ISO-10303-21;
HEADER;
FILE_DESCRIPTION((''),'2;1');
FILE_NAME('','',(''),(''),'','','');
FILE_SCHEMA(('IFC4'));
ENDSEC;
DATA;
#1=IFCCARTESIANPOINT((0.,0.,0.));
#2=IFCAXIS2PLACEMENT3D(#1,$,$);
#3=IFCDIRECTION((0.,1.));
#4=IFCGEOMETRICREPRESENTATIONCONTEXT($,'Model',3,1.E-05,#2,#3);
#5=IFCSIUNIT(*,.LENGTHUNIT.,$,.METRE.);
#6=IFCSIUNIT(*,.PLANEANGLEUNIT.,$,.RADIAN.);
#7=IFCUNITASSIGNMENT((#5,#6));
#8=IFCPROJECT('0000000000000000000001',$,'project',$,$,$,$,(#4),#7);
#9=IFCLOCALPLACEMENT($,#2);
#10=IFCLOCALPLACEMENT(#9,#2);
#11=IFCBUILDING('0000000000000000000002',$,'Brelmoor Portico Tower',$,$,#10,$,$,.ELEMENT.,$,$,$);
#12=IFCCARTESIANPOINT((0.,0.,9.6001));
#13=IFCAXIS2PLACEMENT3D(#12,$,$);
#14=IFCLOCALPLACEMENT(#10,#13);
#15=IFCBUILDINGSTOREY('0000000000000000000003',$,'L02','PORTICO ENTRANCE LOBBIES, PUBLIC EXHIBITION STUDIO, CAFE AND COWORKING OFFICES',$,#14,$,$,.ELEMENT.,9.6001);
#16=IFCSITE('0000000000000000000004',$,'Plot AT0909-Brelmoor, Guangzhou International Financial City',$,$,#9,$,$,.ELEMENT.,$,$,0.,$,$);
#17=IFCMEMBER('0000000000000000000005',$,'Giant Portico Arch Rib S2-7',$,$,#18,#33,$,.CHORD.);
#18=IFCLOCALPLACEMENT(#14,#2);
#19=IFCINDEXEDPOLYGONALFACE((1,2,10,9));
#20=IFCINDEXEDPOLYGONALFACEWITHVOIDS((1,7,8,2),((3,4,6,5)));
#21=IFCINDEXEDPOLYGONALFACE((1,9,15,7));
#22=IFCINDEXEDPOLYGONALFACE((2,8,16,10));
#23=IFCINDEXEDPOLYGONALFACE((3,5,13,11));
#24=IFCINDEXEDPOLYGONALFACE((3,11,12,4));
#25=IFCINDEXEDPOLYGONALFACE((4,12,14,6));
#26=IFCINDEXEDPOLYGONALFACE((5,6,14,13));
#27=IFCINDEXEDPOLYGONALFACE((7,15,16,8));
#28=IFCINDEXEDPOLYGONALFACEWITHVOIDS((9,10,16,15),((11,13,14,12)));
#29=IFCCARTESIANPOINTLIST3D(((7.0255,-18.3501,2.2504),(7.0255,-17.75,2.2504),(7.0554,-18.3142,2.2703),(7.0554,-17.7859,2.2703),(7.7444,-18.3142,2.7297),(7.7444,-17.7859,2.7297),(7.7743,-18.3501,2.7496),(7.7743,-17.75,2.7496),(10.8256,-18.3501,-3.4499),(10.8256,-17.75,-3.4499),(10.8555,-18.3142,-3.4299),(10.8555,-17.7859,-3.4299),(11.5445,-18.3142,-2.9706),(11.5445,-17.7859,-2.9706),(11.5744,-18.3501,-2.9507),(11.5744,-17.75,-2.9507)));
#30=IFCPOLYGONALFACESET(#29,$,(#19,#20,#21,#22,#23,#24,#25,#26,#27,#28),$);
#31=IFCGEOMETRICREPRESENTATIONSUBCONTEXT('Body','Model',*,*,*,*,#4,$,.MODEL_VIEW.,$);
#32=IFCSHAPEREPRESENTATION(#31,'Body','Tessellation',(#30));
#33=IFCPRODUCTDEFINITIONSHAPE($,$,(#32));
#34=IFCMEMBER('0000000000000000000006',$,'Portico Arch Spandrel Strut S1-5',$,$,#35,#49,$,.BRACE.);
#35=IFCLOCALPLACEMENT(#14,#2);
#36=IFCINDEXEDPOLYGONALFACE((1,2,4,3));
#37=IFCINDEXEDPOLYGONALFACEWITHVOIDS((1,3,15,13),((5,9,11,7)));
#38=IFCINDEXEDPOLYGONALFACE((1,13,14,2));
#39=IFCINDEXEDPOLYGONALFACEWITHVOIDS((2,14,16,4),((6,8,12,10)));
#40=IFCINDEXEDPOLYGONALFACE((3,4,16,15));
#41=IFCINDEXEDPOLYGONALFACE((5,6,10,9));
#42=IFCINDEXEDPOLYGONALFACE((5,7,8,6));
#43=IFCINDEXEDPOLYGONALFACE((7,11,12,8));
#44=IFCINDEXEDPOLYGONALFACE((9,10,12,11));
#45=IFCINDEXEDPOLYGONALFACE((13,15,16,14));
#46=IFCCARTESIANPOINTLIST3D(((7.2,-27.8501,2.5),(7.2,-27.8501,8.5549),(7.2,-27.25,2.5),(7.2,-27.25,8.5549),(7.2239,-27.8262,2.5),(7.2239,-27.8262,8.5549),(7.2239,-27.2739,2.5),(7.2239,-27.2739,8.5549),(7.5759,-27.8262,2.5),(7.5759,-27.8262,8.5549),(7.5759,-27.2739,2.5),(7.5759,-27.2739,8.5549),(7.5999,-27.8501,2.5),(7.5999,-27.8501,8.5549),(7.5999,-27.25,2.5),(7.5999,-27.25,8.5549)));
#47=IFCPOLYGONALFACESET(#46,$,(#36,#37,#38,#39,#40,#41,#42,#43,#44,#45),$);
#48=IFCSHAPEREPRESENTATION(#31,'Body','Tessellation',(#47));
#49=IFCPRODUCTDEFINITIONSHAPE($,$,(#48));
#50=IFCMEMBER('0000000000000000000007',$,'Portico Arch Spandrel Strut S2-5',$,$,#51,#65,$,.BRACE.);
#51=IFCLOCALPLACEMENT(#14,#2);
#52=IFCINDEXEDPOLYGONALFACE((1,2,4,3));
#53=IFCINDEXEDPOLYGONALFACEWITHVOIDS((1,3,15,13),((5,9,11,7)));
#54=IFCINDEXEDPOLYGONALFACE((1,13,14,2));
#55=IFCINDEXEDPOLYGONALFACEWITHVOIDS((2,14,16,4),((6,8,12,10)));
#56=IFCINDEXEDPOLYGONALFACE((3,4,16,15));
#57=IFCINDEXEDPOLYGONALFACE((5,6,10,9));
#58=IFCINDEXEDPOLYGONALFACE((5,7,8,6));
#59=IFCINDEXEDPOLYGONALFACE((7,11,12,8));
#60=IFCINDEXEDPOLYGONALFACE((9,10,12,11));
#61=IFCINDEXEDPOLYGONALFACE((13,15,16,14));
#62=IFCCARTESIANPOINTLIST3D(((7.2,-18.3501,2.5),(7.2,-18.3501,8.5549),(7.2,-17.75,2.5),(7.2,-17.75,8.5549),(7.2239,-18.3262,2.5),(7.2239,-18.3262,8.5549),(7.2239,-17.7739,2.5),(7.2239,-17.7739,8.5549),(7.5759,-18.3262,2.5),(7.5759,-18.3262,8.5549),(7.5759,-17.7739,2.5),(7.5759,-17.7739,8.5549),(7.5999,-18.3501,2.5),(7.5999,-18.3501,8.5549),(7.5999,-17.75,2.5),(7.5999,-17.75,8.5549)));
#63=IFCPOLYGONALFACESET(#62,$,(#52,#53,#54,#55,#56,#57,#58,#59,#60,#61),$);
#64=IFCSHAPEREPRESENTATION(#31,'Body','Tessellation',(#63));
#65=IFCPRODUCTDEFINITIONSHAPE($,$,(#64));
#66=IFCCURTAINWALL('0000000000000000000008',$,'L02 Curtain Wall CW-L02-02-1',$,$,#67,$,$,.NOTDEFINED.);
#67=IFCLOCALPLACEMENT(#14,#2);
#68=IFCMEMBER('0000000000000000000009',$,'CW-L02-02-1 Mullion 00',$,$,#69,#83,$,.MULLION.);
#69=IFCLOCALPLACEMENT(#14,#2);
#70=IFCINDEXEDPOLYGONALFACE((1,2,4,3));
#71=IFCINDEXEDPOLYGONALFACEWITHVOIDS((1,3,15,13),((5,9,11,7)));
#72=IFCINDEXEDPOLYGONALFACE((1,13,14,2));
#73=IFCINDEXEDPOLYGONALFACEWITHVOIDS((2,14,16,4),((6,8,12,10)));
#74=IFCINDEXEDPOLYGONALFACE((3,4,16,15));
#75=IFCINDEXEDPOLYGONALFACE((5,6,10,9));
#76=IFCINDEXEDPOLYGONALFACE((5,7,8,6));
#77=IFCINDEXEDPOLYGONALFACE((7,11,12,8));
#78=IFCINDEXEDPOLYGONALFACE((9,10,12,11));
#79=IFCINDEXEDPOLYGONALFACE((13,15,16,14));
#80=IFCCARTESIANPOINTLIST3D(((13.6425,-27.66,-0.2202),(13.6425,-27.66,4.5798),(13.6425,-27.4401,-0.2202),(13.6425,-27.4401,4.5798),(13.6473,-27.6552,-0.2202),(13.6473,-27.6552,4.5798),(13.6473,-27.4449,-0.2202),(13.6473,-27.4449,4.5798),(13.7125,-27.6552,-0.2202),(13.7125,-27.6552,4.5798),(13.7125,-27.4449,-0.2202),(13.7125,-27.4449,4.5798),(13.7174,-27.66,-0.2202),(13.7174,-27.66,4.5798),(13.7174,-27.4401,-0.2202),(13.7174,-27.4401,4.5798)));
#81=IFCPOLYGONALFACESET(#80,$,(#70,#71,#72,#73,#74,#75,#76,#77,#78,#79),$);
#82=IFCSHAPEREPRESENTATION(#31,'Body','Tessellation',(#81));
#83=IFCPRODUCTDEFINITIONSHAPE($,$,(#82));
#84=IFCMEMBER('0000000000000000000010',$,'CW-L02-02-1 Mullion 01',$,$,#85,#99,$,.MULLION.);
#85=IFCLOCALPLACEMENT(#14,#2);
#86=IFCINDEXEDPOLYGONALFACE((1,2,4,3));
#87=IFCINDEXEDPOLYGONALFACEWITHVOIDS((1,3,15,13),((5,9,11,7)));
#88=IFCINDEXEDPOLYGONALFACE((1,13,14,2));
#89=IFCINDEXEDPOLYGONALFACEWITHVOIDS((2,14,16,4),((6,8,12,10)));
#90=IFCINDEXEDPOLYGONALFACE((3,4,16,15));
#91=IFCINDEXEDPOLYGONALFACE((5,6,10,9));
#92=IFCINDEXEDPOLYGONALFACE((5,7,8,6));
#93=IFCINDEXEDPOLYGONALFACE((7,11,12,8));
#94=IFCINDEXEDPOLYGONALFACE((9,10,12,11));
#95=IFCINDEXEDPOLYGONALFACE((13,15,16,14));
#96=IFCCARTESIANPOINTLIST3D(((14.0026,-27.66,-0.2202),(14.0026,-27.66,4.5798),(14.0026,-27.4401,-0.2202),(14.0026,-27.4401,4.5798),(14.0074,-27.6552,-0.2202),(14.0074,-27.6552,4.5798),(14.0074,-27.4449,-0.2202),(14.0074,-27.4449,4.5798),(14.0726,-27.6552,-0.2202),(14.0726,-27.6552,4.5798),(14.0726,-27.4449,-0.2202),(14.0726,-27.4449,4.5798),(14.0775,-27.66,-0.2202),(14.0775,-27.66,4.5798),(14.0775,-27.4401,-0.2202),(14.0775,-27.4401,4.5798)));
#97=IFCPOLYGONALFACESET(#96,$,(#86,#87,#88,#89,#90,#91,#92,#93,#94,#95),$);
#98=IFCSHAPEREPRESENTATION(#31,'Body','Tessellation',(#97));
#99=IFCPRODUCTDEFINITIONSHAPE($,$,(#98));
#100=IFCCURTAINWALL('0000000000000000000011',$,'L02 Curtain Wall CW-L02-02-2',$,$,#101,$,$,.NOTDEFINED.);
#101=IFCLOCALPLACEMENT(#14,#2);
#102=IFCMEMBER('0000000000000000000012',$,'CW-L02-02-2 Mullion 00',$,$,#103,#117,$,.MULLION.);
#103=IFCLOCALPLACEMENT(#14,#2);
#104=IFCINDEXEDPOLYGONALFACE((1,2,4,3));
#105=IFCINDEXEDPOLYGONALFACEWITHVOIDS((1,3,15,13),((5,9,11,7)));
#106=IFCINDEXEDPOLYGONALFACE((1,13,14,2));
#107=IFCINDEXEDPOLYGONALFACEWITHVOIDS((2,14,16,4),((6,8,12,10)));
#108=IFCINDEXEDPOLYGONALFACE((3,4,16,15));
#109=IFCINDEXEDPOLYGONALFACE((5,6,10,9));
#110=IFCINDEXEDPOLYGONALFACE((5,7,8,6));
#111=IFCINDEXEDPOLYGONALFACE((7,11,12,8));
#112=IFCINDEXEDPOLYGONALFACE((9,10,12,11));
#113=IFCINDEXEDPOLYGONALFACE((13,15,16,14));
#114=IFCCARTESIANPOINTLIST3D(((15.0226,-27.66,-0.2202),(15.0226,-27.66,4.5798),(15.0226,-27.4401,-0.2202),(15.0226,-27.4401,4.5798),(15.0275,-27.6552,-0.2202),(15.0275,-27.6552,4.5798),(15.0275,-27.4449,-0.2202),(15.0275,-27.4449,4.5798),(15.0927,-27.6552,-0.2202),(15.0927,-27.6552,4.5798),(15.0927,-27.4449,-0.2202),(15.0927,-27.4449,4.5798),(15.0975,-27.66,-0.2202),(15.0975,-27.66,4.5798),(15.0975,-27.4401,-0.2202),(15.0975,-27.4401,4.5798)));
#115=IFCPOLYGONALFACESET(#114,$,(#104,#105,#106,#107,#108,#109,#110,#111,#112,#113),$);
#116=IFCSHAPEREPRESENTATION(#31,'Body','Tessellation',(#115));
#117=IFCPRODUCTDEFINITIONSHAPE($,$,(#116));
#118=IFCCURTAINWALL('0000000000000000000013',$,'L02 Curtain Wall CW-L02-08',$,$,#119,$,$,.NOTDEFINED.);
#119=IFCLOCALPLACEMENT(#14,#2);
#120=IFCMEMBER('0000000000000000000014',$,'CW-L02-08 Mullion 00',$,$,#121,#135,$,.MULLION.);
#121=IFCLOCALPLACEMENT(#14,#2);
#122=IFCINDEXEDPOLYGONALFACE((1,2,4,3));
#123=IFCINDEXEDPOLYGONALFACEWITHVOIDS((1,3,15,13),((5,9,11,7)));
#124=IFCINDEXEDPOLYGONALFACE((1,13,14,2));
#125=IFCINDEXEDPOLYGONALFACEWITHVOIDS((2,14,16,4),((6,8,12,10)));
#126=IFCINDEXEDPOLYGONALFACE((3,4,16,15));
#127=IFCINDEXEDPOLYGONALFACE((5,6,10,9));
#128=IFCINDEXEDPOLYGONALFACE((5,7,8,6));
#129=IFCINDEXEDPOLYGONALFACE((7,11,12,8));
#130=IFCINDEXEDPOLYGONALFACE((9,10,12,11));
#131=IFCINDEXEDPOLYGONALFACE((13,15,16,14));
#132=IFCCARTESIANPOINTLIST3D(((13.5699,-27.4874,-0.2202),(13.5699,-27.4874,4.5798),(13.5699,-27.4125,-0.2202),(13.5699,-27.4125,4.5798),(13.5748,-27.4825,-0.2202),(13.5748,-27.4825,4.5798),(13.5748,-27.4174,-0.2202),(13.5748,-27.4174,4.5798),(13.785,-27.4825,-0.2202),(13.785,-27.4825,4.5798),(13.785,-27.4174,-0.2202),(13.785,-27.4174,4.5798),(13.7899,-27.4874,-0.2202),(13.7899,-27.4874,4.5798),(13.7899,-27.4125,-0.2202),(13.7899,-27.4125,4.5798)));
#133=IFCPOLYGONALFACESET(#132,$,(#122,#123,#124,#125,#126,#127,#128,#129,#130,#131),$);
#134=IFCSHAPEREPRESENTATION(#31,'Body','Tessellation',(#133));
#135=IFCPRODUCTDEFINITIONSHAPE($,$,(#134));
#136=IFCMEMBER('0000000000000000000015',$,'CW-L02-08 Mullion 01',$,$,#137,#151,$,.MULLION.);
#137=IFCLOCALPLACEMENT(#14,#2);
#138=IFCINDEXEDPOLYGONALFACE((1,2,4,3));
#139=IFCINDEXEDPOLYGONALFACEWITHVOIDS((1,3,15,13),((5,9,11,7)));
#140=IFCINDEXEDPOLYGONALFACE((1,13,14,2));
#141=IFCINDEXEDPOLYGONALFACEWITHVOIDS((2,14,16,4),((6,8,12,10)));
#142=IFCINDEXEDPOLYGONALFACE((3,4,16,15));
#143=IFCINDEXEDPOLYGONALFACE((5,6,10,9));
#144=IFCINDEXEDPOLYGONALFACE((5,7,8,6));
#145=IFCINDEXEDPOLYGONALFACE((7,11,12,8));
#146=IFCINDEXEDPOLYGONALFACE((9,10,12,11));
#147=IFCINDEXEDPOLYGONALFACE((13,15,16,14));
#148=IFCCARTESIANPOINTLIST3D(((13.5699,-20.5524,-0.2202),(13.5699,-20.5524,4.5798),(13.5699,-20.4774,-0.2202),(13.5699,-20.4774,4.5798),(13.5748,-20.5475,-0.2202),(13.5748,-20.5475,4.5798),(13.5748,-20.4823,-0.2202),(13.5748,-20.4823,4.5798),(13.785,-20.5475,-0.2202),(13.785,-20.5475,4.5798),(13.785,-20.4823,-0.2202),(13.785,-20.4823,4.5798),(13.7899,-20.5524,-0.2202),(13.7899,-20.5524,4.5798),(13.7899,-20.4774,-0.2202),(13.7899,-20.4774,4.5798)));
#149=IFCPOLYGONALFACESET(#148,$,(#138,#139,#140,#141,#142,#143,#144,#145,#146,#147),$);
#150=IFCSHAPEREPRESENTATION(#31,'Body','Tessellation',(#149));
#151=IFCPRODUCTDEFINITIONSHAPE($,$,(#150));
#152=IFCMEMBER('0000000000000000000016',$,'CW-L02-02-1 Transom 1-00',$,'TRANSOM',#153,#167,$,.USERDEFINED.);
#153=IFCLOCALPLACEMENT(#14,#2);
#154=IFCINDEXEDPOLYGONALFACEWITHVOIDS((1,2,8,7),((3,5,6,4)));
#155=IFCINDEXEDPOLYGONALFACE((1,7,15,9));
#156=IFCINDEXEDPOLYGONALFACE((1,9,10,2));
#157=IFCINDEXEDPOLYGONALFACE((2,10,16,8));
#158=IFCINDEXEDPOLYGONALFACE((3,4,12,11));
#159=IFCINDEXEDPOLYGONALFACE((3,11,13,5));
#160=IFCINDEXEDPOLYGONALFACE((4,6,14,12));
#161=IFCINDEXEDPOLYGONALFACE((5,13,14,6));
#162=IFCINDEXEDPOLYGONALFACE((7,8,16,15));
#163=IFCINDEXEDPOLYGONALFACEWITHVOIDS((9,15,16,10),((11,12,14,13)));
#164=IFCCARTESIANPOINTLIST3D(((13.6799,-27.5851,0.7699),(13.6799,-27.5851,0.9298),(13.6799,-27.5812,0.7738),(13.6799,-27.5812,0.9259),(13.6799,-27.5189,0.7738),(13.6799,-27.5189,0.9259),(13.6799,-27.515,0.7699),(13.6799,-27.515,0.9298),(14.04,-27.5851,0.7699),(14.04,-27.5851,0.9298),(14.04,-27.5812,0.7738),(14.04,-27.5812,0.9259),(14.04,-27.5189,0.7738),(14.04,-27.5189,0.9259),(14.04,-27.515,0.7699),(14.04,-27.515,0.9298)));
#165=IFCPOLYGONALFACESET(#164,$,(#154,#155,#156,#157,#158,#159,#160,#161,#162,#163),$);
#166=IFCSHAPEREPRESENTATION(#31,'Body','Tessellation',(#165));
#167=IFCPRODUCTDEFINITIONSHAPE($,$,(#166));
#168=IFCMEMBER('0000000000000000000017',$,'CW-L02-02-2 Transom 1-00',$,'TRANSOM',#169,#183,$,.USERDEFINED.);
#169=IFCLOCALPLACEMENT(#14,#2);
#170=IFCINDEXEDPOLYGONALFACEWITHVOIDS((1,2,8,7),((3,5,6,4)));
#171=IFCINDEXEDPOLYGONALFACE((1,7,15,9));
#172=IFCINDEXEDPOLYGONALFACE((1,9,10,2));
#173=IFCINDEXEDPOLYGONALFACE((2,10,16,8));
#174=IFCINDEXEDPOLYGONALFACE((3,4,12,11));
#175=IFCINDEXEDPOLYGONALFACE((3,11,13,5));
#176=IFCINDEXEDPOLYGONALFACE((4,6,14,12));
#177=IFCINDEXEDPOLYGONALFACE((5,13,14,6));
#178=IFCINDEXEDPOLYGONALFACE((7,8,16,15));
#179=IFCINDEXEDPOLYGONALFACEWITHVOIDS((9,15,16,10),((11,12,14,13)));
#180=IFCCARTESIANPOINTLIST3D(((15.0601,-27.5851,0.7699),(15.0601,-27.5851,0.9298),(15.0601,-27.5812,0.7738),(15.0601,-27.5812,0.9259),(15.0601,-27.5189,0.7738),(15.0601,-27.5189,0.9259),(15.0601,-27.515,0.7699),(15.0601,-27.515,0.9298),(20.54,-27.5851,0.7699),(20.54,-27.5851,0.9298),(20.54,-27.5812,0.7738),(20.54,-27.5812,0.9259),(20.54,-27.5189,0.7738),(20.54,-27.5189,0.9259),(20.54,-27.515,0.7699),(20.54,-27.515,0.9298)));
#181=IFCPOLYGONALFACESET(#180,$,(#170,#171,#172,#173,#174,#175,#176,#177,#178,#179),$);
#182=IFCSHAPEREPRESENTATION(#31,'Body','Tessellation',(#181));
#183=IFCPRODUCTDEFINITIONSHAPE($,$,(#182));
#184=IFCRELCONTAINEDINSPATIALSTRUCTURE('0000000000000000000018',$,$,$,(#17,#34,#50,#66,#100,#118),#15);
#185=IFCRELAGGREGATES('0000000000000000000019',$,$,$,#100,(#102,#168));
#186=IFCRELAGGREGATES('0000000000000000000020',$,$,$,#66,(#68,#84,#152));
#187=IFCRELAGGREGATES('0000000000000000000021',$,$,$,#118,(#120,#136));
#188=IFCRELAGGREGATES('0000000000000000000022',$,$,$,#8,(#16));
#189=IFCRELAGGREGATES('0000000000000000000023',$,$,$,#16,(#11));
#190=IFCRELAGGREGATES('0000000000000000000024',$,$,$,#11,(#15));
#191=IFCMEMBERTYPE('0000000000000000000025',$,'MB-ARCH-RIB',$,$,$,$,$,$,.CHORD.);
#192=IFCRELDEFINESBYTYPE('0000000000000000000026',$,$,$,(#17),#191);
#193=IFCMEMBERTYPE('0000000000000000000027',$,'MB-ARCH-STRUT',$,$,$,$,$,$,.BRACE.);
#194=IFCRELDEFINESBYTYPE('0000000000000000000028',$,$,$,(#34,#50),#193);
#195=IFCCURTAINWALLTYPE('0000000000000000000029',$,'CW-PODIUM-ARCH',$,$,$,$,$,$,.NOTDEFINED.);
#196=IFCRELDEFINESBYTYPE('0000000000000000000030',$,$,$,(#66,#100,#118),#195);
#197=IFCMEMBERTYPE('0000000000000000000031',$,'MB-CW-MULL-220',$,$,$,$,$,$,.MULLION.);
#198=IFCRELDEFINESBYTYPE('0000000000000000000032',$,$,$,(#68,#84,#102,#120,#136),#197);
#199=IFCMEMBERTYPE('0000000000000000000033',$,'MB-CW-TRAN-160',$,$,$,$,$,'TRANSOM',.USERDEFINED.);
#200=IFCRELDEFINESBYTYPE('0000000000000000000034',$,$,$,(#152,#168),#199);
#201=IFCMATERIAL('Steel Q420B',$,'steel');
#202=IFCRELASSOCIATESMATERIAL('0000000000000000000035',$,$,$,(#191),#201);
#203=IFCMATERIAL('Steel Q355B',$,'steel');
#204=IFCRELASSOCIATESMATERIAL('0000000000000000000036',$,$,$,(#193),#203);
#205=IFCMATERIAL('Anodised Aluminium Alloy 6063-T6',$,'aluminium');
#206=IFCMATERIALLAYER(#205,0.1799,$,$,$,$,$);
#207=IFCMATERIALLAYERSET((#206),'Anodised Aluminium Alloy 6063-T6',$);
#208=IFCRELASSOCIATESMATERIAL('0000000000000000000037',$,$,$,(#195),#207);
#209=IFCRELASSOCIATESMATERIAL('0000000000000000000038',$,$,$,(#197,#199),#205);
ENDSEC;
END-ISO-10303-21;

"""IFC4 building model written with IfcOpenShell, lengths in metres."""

from ifc_helpers import new_model, si_unit, direction, frame, origin, origin_2d, place, context, subcontext, project, spatial, hollow_rectangle, extrude, material, layer, layer_set, material_profile, profile_set, type_object, element, aggregate, save


model = new_model("IFC4")

# Units and contexts
model_context = context("Model", 3, precision=1e-05, world=origin(), true_north=direction((0.0, 1.0)))
body_context = subcontext(model_context, "Body", "Model", "MODEL_VIEW")
ifc_project = project(units=[si_unit("LENGTHUNIT", "METRE"), si_unit("PLANEANGLEUNIT", "RADIAN")], contexts=[model_context])

# Site, building, storey
site_placement = place(None, origin())
site = spatial("IfcSite", under=ifc_project, at=site_placement, Name="Plot AT0909-Brelmoor, Guangzhou International Financial City", CompositionType="ELEMENT", RefElevation=0.0)
building_placement = place(site_placement, origin())
building = spatial("IfcBuilding", under=site, at=building_placement, Name="Brelmoor Portico Tower", CompositionType="ELEMENT")
storey_placement = place(building_placement, frame((0.0, 0.0, 9.6001)))
storey = spatial("IfcBuildingStorey", under=building, at=storey_placement, Name="L02", Description="PORTICO ENTRANCE LOBBIES, PUBLIC EXHIBITION STUDIO, CAFE AND COWORKING OFFICES", CompositionType="ELEMENT", Elevation=9.6001)

# Shared definitions
ifc_material_1 = material(Name="Steel Q420B", Category="steel")
ifc_material_2 = material(Name="Steel Q355B", Category="steel")

# Members
ifc_material_profile_1 = material_profile(ifc_material_1, hollow_rectangle(XDim=0.6001, YDim=0.8999, WallThickness=0.0359, at=origin_2d()), Name="RHS 600x900x36")
ifc_profile_set_1 = profile_set([ifc_material_profile_1], Name="Steel Q420B")
member_type_1 = type_object("IfcMemberType", Name="MB-ARCH-RIB", PredefinedType="CHORD", material=ifc_profile_set_1)
for number, where, z_axis, x_axis, name in (
    (1, (7.3999, -18.05, 2.5), (0.554692, 0.0, -0.832056), (0.0, 1.0, 0.0), "Giant Portico Arch Rib S2-7"),
):
    element("IfcMember", number, at=place(storey_placement, frame(where, z_axis=z_axis, x_axis=x_axis)), inside=storey, type_object=member_type_1, Name=name, PredefinedType="CHORD", context=body_context, shape_type="SweptSolid", body=[
        extrude(hollow_rectangle(XDim=0.6001, YDim=0.8999, WallThickness=0.0359, at=origin_2d()), origin(), (0.0, 0.0, 1.0), 6.8508),
    ])
ifc_material_profile_2 = material_profile(ifc_material_2, hollow_rectangle(XDim=0.3999, YDim=0.6001, WallThickness=0.0239, at=origin_2d()), Name="RHS 400x600x24")
ifc_profile_set_2 = profile_set([ifc_material_profile_2], Name="Steel Q355B")
member_type_2 = type_object("IfcMemberType", Name="MB-ARCH-STRUT", PredefinedType="BRACE", material=ifc_profile_set_2)
for number, where, z_axis, x_axis, name in (
    (2, (7.3999, -27.55, 2.5), (0.0, 0.0, 1.0), (1.0, 0.0, 0.0), "Portico Arch Spandrel Strut S1-5"),
    (3, (7.3999, -18.05, 2.5), (0.0, 0.0, 1.0), (1.0, 0.0, 0.0), "Portico Arch Spandrel Strut S2-5"),
):
    element("IfcMember", number, at=place(storey_placement, frame(where, z_axis=z_axis, x_axis=x_axis)), inside=storey, type_object=member_type_2, Name=name, PredefinedType="BRACE", context=body_context, shape_type="SweptSolid", body=[
        extrude(hollow_rectangle(XDim=0.3999, YDim=0.6001, WallThickness=0.0239, at=origin_2d()), origin(), (0.0, 0.0, 1.0), 6.0549),
    ])

# Curtain wall, members
ifc_material_3 = material(Name="Anodised Aluminium Alloy 6063-T6", Category="aluminium")
ifc_layer_1 = layer(ifc_material_3, 0.1799)
ifc_layer_set_1 = layer_set([ifc_layer_1], Name="Anodised Aluminium Alloy 6063-T6")
curtain_wall_type = type_object("IfcCurtainWallType", Name="CW-PODIUM-ARCH", PredefinedType="NOTDEFINED", material=ifc_layer_set_1)
curtain_wall_1_placement = place(storey_placement, origin())
curtain_wall_1 = element("IfcCurtainWall", 4, at=curtain_wall_1_placement, inside=storey, type_object=curtain_wall_type, Name="L02 Curtain Wall CW-L02-02-1", PredefinedType="NOTDEFINED")
ifc_material_profile_3 = material_profile(ifc_material_3, hollow_rectangle(XDim=0.075, YDim=0.22, WallThickness=0.0049, at=origin_2d()), Name="ALU MULLION 75x220")
ifc_profile_set_3 = profile_set([ifc_material_profile_3], Name="Anodised Aluminium Alloy 6063-T6")
member_type_3 = type_object("IfcMemberType", Name="MB-CW-MULL-220", PredefinedType="MULLION", material=ifc_profile_set_3)
member_1_placement = place(storey_placement, frame((13.6799, -27.55, -0.2202), z_axis=(0.0, 0.0, 1.0), x_axis=(1.0, 0.0, 0.0)))
member_1 = element("IfcMember", 5, at=member_1_placement, type_object=member_type_3, Name="CW-L02-02-1 Mullion 00", PredefinedType="MULLION", context=body_context, shape_type="SweptSolid", body=[
    extrude(hollow_rectangle(XDim=0.075, YDim=0.22, WallThickness=0.0049, at=origin_2d()), origin(), (0.0, 0.0, 1.0), 4.8),
])
member_2_placement = place(storey_placement, frame((14.04, -27.55, -0.2202), z_axis=(0.0, 0.0, 1.0), x_axis=(1.0, 0.0, 0.0)))
member_2 = element("IfcMember", 6, at=member_2_placement, type_object=member_type_3, Name="CW-L02-02-1 Mullion 01", PredefinedType="MULLION", context=body_context, shape_type="SweptSolid", body=[
    extrude(hollow_rectangle(XDim=0.075, YDim=0.22, WallThickness=0.0049, at=origin_2d()), origin(), (0.0, 0.0, 1.0), 4.8),
])

# Curtain wall, member
curtain_wall_2_placement = place(storey_placement, origin())
curtain_wall_2 = element("IfcCurtainWall", 7, at=curtain_wall_2_placement, inside=storey, type_object=curtain_wall_type, Name="L02 Curtain Wall CW-L02-02-2", PredefinedType="NOTDEFINED")
member_3_placement = place(storey_placement, frame((15.0601, -27.55, -0.2202), z_axis=(0.0, 0.0, 1.0), x_axis=(1.0, 0.0, 0.0)))
member_3 = element("IfcMember", 8, at=member_3_placement, type_object=member_type_3, Name="CW-L02-02-2 Mullion 00", PredefinedType="MULLION", context=body_context, shape_type="SweptSolid", body=[
    extrude(hollow_rectangle(XDim=0.075, YDim=0.22, WallThickness=0.0049, at=origin_2d()), origin(), (0.0, 0.0, 1.0), 4.8),
])

# Curtain wall, members
curtain_wall_3_placement = place(storey_placement, origin())
curtain_wall_3 = element("IfcCurtainWall", 9, at=curtain_wall_3_placement, inside=storey, type_object=curtain_wall_type, Name="L02 Curtain Wall CW-L02-08", PredefinedType="NOTDEFINED")
member_4_placement = place(storey_placement, frame((13.6799, -27.45, -0.2202), z_axis=(0.0, 0.0, 1.0), x_axis=(0.0, 1.0, 0.0)))
member_4 = element("IfcMember", 10, at=member_4_placement, type_object=member_type_3, Name="CW-L02-08 Mullion 00", PredefinedType="MULLION", context=body_context, shape_type="SweptSolid", body=[
    extrude(hollow_rectangle(XDim=0.075, YDim=0.22, WallThickness=0.0049, at=origin_2d()), origin(), (0.0, 0.0, 1.0), 4.8),
])
member_5_placement = place(storey_placement, frame((13.6799, -20.5149, -0.2202), z_axis=(0.0, 0.0, 1.0), x_axis=(0.0, 1.0, 0.0)))
member_5 = element("IfcMember", 11, at=member_5_placement, type_object=member_type_3, Name="CW-L02-08 Mullion 01", PredefinedType="MULLION", context=body_context, shape_type="SweptSolid", body=[
    extrude(hollow_rectangle(XDim=0.075, YDim=0.22, WallThickness=0.0049, at=origin_2d()), origin(), (0.0, 0.0, 1.0), 4.8),
])

# Members
ifc_material_profile_4 = material_profile(ifc_material_3, hollow_rectangle(XDim=0.0701, YDim=0.1599, WallThickness=0.0039, at=origin_2d()), Name="ALU TRANSOM 70x160")
ifc_profile_set_4 = profile_set([ifc_material_profile_4], Name="Anodised Aluminium Alloy 6063-T6")
member_type_4 = type_object("IfcMemberType", Name="MB-CW-TRAN-160", ElementType="TRANSOM", PredefinedType="USERDEFINED", material=ifc_profile_set_4)
member_6_placement = place(storey_placement, frame((13.6799, -27.55, 0.8499), z_axis=(1.0, 0.0, 0.0), x_axis=(0.0, 1.0, 0.0)))
member_6 = element("IfcMember", 12, at=member_6_placement, type_object=member_type_4, Name="CW-L02-02-1 Transom 1-00", ObjectType="TRANSOM", PredefinedType="USERDEFINED", context=body_context, shape_type="SweptSolid", body=[
    extrude(hollow_rectangle(XDim=0.0701, YDim=0.1599, WallThickness=0.0039, at=origin_2d()), origin(), (0.0, 0.0, 1.0), 0.3601),
])
member_7_placement = place(storey_placement, frame((15.0601, -27.55, 0.8499), z_axis=(1.0, 0.0, 0.0), x_axis=(0.0, 1.0, 0.0)))
member_7 = element("IfcMember", 13, at=member_7_placement, type_object=member_type_4, Name="CW-L02-02-2 Transom 1-00", ObjectType="TRANSOM", PredefinedType="USERDEFINED", context=body_context, shape_type="SweptSolid", body=[
    extrude(hollow_rectangle(XDim=0.0701, YDim=0.1599, WallThickness=0.0039, at=origin_2d()), origin(), (0.0, 0.0, 1.0), 5.48),
])
aggregate(curtain_wall_2, [member_3, member_7])

aggregate(curtain_wall_1, [member_1, member_2, member_6])
aggregate(curtain_wall_3, [member_4, member_5])

save(model, "model.ifc")
